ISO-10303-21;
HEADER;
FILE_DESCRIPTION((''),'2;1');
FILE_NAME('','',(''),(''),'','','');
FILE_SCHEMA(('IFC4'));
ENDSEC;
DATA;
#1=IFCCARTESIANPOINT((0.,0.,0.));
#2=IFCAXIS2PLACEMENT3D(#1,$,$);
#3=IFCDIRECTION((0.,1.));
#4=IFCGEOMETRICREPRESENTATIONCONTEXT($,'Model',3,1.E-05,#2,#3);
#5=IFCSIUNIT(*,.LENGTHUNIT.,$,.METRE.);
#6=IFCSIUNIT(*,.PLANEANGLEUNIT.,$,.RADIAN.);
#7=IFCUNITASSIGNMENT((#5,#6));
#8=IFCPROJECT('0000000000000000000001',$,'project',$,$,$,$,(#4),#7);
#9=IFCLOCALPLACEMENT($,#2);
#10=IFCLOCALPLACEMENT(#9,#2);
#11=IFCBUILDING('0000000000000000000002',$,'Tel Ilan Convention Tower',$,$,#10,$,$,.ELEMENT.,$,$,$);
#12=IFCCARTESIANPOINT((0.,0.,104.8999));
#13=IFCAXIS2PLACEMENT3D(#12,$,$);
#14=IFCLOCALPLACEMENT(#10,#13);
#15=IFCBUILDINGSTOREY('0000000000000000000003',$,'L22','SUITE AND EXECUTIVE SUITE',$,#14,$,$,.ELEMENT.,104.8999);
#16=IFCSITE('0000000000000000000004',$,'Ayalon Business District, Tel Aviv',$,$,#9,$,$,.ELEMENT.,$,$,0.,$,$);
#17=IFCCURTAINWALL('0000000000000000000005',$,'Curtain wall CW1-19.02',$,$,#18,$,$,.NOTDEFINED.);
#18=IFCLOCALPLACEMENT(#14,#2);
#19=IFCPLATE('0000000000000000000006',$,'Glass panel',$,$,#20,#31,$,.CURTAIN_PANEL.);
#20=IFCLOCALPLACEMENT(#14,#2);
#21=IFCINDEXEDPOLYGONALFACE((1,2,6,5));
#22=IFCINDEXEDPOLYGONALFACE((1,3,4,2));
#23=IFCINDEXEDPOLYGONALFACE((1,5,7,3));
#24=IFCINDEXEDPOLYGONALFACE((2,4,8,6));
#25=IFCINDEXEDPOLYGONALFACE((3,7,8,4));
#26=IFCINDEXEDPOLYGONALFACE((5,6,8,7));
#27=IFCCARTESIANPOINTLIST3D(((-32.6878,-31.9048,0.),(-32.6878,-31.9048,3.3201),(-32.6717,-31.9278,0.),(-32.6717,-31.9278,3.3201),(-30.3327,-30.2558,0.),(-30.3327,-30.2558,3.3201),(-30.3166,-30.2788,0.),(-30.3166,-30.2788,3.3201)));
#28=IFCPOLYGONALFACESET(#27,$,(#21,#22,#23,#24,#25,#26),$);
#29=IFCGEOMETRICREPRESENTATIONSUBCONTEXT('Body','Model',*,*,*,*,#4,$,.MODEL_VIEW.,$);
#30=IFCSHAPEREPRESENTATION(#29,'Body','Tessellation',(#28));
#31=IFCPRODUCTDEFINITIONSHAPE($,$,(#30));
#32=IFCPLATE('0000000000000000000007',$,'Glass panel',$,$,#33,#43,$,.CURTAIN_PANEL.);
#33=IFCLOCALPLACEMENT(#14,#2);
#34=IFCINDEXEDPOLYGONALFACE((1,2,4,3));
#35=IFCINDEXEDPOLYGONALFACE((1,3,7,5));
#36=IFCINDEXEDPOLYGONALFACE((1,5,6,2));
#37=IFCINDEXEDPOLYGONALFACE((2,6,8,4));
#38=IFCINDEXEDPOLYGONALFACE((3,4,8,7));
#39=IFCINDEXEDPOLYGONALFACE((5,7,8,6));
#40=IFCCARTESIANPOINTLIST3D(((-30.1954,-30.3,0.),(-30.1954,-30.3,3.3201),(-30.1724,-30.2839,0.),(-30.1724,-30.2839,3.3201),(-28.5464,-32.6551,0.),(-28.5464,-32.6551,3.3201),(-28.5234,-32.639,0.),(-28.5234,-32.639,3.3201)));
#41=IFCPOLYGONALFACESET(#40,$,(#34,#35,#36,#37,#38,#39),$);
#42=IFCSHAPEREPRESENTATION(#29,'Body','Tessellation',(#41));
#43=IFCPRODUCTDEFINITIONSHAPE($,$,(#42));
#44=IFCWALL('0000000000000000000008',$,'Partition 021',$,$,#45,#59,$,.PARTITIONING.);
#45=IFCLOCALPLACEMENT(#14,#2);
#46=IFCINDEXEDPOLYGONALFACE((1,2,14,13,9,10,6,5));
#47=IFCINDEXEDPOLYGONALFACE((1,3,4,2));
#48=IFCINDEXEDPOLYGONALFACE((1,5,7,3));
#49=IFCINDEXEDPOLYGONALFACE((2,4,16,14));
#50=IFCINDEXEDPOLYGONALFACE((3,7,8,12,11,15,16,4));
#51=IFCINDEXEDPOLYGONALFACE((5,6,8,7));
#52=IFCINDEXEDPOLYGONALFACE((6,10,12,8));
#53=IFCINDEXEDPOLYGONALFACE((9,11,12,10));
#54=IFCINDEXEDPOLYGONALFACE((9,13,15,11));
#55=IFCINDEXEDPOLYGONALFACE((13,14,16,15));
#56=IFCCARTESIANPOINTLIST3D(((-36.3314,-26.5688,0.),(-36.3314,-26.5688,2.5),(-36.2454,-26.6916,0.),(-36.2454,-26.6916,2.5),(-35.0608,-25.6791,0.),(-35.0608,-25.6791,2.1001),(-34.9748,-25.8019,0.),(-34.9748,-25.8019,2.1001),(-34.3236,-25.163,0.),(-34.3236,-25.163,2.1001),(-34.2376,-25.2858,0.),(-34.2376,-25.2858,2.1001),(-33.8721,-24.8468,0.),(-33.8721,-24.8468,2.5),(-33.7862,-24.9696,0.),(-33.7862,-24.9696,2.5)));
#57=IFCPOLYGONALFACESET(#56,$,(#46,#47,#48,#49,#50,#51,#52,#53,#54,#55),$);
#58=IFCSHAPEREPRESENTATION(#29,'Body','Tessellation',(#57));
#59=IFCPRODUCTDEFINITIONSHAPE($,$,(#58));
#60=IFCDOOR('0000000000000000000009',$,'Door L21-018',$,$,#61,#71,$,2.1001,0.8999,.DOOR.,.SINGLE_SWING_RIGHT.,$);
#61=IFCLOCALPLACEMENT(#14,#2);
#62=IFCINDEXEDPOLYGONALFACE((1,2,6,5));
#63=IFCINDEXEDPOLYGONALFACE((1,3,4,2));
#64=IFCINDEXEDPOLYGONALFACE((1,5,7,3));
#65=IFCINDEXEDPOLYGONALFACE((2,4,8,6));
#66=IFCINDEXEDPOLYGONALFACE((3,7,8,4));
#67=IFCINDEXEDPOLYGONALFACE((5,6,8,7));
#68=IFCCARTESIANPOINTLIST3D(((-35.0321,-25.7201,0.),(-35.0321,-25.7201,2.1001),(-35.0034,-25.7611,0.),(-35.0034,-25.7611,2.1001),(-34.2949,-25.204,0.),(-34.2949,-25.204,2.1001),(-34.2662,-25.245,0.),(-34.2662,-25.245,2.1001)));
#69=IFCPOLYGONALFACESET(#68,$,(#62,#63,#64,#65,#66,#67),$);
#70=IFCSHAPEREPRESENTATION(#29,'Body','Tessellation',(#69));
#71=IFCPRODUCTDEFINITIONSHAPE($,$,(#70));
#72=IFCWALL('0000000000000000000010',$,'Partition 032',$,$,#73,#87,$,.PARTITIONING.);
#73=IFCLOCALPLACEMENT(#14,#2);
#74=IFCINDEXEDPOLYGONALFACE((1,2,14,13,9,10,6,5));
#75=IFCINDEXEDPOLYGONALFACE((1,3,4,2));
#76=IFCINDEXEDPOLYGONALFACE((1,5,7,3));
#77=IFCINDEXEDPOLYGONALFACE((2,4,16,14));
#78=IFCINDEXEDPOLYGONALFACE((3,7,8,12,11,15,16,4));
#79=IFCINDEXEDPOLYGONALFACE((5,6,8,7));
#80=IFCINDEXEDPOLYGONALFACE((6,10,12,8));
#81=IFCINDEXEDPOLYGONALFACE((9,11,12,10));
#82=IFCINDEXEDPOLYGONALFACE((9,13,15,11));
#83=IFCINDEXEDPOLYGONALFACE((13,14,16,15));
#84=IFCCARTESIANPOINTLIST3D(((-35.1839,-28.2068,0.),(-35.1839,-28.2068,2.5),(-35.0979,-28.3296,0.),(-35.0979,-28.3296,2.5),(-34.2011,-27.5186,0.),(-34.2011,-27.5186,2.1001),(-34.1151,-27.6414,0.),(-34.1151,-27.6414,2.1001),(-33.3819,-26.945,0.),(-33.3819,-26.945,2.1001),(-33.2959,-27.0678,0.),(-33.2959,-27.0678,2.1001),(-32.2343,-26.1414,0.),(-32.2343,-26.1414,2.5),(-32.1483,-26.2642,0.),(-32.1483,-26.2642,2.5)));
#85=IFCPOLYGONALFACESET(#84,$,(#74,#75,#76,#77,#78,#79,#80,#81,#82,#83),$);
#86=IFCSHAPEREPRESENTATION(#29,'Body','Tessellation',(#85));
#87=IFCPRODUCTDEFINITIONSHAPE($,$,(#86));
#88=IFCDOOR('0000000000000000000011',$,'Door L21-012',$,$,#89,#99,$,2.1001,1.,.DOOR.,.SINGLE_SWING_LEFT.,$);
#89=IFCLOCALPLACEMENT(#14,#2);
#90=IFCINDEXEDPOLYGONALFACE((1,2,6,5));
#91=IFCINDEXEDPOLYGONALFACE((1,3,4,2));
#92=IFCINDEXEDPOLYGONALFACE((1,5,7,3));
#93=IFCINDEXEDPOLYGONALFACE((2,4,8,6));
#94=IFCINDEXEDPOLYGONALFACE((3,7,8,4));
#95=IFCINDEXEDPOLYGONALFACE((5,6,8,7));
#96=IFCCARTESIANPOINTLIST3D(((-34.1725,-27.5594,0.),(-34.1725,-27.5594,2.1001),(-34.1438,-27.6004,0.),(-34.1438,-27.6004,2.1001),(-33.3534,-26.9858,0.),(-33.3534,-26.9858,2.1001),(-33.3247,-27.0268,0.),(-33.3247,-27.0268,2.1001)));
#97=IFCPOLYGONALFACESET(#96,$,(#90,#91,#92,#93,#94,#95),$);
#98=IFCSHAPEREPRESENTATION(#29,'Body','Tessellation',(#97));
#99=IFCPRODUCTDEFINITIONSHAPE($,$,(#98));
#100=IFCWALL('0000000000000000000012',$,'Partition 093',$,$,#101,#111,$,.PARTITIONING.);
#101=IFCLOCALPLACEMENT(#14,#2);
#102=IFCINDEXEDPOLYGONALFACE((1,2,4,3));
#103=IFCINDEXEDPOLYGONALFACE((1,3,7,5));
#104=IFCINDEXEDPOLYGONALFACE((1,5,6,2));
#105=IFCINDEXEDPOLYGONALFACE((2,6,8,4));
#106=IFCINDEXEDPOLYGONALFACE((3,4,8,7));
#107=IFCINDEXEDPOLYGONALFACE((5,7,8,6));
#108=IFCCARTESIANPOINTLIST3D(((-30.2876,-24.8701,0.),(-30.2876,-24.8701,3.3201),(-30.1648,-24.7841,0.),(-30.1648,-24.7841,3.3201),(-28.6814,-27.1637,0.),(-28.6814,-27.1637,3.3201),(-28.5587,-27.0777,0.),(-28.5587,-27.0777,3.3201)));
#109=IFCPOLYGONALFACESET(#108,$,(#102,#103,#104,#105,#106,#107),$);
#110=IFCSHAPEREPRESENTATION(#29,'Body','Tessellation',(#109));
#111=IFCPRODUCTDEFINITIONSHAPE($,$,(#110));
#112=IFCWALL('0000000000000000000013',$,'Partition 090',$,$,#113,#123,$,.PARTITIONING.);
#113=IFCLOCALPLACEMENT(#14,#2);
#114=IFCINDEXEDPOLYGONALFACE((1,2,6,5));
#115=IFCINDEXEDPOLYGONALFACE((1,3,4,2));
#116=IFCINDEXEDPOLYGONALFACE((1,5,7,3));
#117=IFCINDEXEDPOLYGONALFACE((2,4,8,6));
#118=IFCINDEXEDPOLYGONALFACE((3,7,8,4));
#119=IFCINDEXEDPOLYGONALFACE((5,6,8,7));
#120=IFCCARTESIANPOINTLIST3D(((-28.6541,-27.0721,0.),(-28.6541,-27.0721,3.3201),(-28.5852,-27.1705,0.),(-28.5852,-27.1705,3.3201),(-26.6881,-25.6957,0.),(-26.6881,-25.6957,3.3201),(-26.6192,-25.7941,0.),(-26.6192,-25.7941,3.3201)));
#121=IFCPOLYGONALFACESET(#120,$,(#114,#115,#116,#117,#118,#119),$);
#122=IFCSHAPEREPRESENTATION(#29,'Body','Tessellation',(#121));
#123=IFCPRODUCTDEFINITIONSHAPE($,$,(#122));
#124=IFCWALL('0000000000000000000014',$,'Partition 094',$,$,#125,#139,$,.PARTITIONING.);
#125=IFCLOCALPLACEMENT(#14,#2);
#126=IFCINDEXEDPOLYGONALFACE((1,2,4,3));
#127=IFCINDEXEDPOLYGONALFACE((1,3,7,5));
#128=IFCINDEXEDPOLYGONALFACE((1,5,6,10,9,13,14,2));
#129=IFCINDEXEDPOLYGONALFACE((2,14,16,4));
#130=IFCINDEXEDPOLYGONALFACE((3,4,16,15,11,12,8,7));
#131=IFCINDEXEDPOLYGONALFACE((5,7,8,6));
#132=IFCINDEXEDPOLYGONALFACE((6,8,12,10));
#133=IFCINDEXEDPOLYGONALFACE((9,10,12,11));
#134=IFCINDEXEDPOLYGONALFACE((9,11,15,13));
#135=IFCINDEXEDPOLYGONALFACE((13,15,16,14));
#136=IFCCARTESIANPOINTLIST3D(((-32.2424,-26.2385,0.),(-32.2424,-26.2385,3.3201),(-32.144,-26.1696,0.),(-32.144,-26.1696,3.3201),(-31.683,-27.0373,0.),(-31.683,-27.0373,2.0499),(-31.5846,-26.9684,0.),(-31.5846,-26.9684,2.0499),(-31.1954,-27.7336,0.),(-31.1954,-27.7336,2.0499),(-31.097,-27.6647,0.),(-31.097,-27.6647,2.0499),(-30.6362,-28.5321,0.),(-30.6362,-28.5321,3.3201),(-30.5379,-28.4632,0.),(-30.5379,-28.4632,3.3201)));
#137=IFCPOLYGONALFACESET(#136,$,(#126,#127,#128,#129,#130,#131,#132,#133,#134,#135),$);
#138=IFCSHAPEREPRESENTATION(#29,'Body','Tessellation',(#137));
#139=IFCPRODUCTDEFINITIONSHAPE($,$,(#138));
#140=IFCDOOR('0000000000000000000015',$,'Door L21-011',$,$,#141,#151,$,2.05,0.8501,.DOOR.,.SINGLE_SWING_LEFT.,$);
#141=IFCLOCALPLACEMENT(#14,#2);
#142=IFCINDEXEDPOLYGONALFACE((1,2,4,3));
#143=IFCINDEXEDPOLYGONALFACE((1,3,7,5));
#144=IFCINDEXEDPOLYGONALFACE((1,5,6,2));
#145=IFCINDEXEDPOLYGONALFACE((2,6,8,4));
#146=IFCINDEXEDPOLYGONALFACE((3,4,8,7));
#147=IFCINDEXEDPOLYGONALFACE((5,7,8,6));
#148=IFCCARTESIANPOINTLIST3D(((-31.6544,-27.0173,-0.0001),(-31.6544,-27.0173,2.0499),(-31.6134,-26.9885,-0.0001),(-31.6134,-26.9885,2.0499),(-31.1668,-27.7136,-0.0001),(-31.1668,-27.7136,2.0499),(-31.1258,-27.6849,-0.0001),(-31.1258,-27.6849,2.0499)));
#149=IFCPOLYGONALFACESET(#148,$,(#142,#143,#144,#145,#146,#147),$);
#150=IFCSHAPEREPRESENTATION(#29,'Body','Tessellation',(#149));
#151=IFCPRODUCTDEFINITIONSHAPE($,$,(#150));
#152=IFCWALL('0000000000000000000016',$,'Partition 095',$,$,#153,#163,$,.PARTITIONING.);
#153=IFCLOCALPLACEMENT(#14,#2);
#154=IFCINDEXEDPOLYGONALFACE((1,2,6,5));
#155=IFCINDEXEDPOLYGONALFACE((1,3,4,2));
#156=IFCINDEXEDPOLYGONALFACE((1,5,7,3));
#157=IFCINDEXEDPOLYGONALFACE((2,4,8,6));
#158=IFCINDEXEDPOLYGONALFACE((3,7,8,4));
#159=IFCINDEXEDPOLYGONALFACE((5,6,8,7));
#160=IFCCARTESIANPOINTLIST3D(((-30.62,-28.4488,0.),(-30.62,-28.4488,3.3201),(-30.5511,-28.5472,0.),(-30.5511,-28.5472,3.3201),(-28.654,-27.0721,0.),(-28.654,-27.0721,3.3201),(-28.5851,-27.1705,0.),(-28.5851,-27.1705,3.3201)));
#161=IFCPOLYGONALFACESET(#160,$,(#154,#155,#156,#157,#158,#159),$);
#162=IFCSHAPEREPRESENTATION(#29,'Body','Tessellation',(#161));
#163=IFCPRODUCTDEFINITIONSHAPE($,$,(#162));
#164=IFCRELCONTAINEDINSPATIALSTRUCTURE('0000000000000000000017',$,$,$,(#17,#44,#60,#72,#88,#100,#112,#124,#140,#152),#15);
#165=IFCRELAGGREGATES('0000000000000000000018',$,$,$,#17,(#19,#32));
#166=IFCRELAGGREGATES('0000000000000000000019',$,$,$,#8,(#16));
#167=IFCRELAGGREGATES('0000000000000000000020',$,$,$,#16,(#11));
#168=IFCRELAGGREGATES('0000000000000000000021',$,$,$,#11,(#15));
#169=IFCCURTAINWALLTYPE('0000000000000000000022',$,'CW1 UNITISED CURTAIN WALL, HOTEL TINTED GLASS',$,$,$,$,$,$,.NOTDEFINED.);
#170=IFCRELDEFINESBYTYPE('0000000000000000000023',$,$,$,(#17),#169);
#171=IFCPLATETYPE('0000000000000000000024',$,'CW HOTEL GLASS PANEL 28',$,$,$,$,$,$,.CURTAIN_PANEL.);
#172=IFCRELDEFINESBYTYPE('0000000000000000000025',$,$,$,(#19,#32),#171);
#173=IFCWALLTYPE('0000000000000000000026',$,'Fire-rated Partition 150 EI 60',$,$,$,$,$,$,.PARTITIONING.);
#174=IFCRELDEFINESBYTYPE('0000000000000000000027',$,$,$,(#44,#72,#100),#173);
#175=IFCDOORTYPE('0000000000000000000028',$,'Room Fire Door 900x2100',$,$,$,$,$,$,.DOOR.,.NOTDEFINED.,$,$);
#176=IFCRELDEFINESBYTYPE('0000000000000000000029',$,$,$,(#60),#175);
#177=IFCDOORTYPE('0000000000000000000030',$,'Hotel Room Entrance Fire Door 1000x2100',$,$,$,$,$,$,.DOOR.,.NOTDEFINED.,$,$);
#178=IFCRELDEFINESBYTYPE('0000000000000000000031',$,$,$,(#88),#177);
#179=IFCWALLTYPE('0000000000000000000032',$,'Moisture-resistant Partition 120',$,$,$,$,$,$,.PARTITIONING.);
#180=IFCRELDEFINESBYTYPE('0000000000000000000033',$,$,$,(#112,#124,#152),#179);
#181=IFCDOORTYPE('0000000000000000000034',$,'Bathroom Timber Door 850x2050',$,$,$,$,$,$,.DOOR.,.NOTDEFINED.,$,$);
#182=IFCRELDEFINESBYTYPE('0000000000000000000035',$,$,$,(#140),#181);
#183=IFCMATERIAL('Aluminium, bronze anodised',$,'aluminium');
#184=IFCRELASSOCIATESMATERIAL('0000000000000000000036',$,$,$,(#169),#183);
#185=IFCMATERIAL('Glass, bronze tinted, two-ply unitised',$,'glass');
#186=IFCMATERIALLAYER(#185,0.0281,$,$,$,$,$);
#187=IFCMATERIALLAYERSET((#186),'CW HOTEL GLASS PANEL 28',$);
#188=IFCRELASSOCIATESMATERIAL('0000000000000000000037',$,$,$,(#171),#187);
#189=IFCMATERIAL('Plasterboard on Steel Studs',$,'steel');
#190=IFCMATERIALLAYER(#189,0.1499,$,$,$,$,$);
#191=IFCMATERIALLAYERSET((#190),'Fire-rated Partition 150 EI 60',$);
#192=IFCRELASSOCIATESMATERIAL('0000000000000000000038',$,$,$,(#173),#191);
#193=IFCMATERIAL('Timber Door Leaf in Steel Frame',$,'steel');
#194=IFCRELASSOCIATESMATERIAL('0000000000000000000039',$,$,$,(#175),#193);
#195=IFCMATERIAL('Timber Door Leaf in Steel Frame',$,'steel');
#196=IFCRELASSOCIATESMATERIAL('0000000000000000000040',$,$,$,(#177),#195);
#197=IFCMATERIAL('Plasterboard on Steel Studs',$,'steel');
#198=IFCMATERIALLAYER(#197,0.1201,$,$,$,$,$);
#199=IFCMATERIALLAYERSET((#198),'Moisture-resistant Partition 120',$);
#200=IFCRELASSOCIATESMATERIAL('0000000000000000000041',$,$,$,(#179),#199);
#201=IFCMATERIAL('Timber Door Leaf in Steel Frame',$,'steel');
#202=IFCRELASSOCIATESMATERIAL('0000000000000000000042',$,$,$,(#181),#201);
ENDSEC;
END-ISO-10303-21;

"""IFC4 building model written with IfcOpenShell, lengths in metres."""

from ifc_helpers import new_model, si_unit, direction, frame, frame_2d, origin, origin_2d, place, context, subcontext, project, spatial, rectangle, extrude, material, layer, layer_set, type_object, element, fill, aggregate, save


model = new_model("IFC4")

# Units and contexts
model_context = context("Model", 3, precision=1e-05, world=origin(), true_north=direction((0.0, 1.0)))
body_context = subcontext(model_context, "Body", "Model", "MODEL_VIEW")
ifc_project = project(units=[si_unit("LENGTHUNIT", "METRE"), si_unit("PLANEANGLEUNIT", "RADIAN")], contexts=[model_context])

# Site, building, storey
site_placement = place(None, origin())
site = spatial("IfcSite", under=ifc_project, at=site_placement, Name="Ayalon Business District, Tel Aviv", CompositionType="ELEMENT", RefElevation=0.0)
building_placement = place(site_placement, origin())
building = spatial("IfcBuilding", under=site, at=building_placement, Name="Tel Ilan Convention Tower", CompositionType="ELEMENT")
storey_placement = place(building_placement, frame((0.0, 0.0, 104.8999)))
storey = spatial("IfcBuildingStorey", under=building, at=storey_placement, Name="L22", Description="SUITE AND EXECUTIVE SUITE", CompositionType="ELEMENT", Elevation=104.8999)

# Curtain wall, plates
ifc_material_1 = material(Name="Aluminium, bronze anodised", Category="aluminium")
curtain_wall_type = type_object("IfcCurtainWallType", Name="CW1 UNITISED CURTAIN WALL, HOTEL TINTED GLASS", PredefinedType="NOTDEFINED", material=ifc_material_1)
curtain_wall_placement = place(storey_placement, origin())
curtain_wall = element("IfcCurtainWall", 1, at=curtain_wall_placement, inside=storey, type_object=curtain_wall_type, Name="Curtain wall CW1-19.02", PredefinedType="NOTDEFINED")
ifc_material_2 = material(Name="Glass, bronze tinted, two-ply unitised", Category="glass")
ifc_layer_1 = layer(ifc_material_2, 0.0281)
ifc_layer_set_1 = layer_set([ifc_layer_1], Name="CW HOTEL GLASS PANEL 28")
plate_type = type_object("IfcPlateType", Name="CW HOTEL GLASS PANEL 28", PredefinedType="CURTAIN_PANEL", material=ifc_layer_set_1)
plate_1_placement = place(storey_placement, frame((-31.5022, -31.0918, 0.0), z_axis=(0.0, 0.0, 1.0), x_axis=(0.819152, 0.573576, 0.0)))
plate_1 = element("IfcPlate", 2, at=plate_1_placement, type_object=plate_type, Name="Glass panel", PredefinedType="CURTAIN_PANEL", context=body_context, shape_type="SweptSolid", body=[
    extrude(rectangle(XDim=2.875, YDim=0.0281, at=origin_2d()), origin(), (0.0, 0.0, 1.0), 3.3201),
])
plate_2_placement = place(storey_placement, frame((-29.3594, -31.4695, 0.0), z_axis=(0.0, 0.0, 1.0), x_axis=(0.573576, -0.819152, 0.0)))
plate_2 = element("IfcPlate", 3, at=plate_2_placement, type_object=plate_type, Name="Glass panel", PredefinedType="CURTAIN_PANEL", context=body_context, shape_type="SweptSolid", body=[
    extrude(rectangle(XDim=2.875, YDim=0.0281, at=origin_2d()), origin(), (0.0, 0.0, 1.0), 3.3201),
])
aggregate(curtain_wall, [plate_1, plate_2])

# Walls, openings, doors
ifc_material_3 = material(Name="Plasterboard on Steel Studs", Category="steel")
ifc_layer_2 = layer(ifc_material_3, 0.1499)
ifc_layer_set_2 = layer_set([ifc_layer_2], Name="Fire-rated Partition 150 EI 60")
wall_type_1 = type_object("IfcWallType", Name="Fire-rated Partition 150 EI 60", PredefinedType="PARTITIONING", material=ifc_layer_set_2)
wall_1_placement = place(storey_placement, frame((-36.2883, -26.6301, 0.0), z_axis=(0.0, 0.0, 1.0), x_axis=(0.819159, 0.573566, 0.0)))
wall_1 = element("IfcWall", 4, at=wall_1_placement, inside=storey, type_object=wall_type_1, Name="Partition 021", PredefinedType="PARTITIONING", context=body_context, shape_type="SweptSolid", body=[
    extrude(rectangle(XDim=3.0022, YDim=0.1499, at=frame_2d((1.501, 0.0))), origin(), (0.0, 0.0, 1.0), 2.5),
])
opening_1_placement = place(wall_1_placement, frame((1.551, 0.0, 0.0)))
opening_1 = element("IfcOpeningElement", 5, at=opening_1_placement, cuts=wall_1, PredefinedType="OPENING", context=body_context, shape_type="SweptSolid", body=[
    extrude(rectangle(XDim=0.8999, YDim=2.1001, at=frame_2d((0.45, 1.05))), frame((0.0, 0.085, 0.0), z_axis=(0.0, -1.0, 0.0), x_axis=(1.0, 0.0, 0.0)), (0.0, 0.0, 1.0), 0.1699),
])
ifc_material_4 = material(Name="Timber Door Leaf in Steel Frame", Category="steel")
door_type_1 = type_object("IfcDoorType", Name="Room Fire Door 900x2100", OperationType="NOTDEFINED", PredefinedType="DOOR", material=ifc_material_4)
door_1_placement = place(opening_1_placement, origin())
door_1 = element("IfcDoor", 6, at=door_1_placement, inside=storey, type_object=door_type_1, Name="Door L21-018", OperationType="SINGLE_SWING_RIGHT", OverallHeight=2.1001, OverallWidth=0.8999, PredefinedType="DOOR", context=body_context, shape_type="SweptSolid", body=[
    extrude(rectangle(XDim=0.8999, YDim=2.1001, at=frame_2d((0.45, 1.05))), frame((0.0, 0.0249, 0.0), z_axis=(0.0, -1.0, 0.0), x_axis=(1.0, 0.0, 0.0)), (0.0, 0.0, 1.0), 0.05),
])
fill(opening_1, door_1)
wall_2_placement = place(storey_placement, frame((-32.1914, -26.2029, 0.0), z_axis=(0.0, 0.0, 1.0), x_axis=(-0.819149, -0.573581, 0.0)))
wall_2 = element("IfcWall", 7, at=wall_2_placement, inside=storey, type_object=wall_type_1, Name="Partition 032", PredefinedType="PARTITIONING", context=body_context, shape_type="SweptSolid", body=[
    extrude(rectangle(XDim=3.6008, YDim=0.1499, at=frame_2d((1.8003, 0.0))), origin(), (0.0, 0.0, 1.0), 2.5),
])
opening_2_placement = place(wall_2_placement, frame((1.4009, 0.0, 0.0)))
opening_2 = element("IfcOpeningElement", 8, at=opening_2_placement, cuts=wall_2, PredefinedType="OPENING", context=body_context, shape_type="SweptSolid", body=[
    extrude(rectangle(XDim=1.0, YDim=2.1001, at=frame_2d((0.5, 1.05))), frame((0.0, 0.085, 0.0), z_axis=(0.0, -1.0, 0.0), x_axis=(1.0, 0.0, 0.0)), (0.0, 0.0, 1.0), 0.1699),
])
ifc_material_5 = material(Name="Timber Door Leaf in Steel Frame", Category="steel")
door_type_2 = type_object("IfcDoorType", Name="Hotel Room Entrance Fire Door 1000x2100", OperationType="NOTDEFINED", PredefinedType="DOOR", material=ifc_material_5)
door_2_placement = place(opening_2_placement, origin())
door_2 = element("IfcDoor", 9, at=door_2_placement, inside=storey, type_object=door_type_2, Name="Door L21-012", OperationType="SINGLE_SWING_LEFT", OverallHeight=2.1001, OverallWidth=1.0, PredefinedType="DOOR", context=body_context, shape_type="SweptSolid", body=[
    extrude(rectangle(XDim=1.0, YDim=2.1001, at=frame_2d((0.5, 1.05))), frame((0.0, 0.0249, 0.0), z_axis=(0.0, -1.0, 0.0), x_axis=(1.0, 0.0, 0.0)), (0.0, 0.0, 1.0), 0.05),
])
fill(opening_2, door_2)

# Walls
wall_3_placement = place(storey_placement, frame((-28.6201, -27.1206, 0.0), z_axis=(0.0, 0.0, 1.0), x_axis=(-0.573609, 0.81913, 0.0)))
element("IfcWall", 10, at=wall_3_placement, inside=storey, type_object=wall_type_1, Name="Partition 093", PredefinedType="PARTITIONING", context=body_context, shape_type="SweptSolid", body=[
    extrude(rectangle(XDim=2.8, YDim=0.1499, at=frame_2d((1.3999, 0.0))), origin(), (0.0, 0.0, 1.0), 3.3201),
])
ifc_material_6 = material(Name="Plasterboard on Steel Studs", Category="steel")
ifc_layer_3 = layer(ifc_material_6, 0.1201)
ifc_layer_set_3 = layer_set([ifc_layer_3], Name="Moisture-resistant Partition 120")
wall_type_2 = type_object("IfcWallType", Name="Moisture-resistant Partition 120", PredefinedType="PARTITIONING", material=ifc_layer_set_3)
wall_4_placement = place(storey_placement, frame((-28.6196, -27.1213, 0.0), z_axis=(0.0, 0.0, 1.0), x_axis=(0.819189, 0.573524, 0.0)))
element("IfcWall", 11, at=wall_4_placement, inside=storey, type_object=wall_type_2, Name="Partition 090", PredefinedType="PARTITIONING", context=body_context, shape_type="SweptSolid", body=[
    extrude(rectangle(XDim=2.3999, YDim=0.1201, at=frame_2d((1.2, 0.0))), origin(), (0.0, 0.0, 1.0), 3.3201),
])

# Wall, opening, door
wall_5_placement = place(storey_placement, frame((-32.1931, -26.2041, 0.0), z_axis=(0.0, 0.0, 1.0), x_axis=(0.573609, -0.81913, 0.0)))
wall_5 = element("IfcWall", 12, at=wall_5_placement, inside=storey, type_object=wall_type_2, Name="Partition 094", PredefinedType="PARTITIONING", context=body_context, shape_type="SweptSolid", body=[
    extrude(rectangle(XDim=2.8, YDim=0.1201, at=frame_2d((1.3999, 0.0))), origin(), (0.0, 0.0, 1.0), 3.3201),
])
opening_3_placement = place(wall_5_placement, frame((0.9751, 0.0, 0.0)))
opening_3 = element("IfcOpeningElement", 13, at=opening_3_placement, cuts=wall_5, PredefinedType="OPENING", context=body_context, shape_type="SweptSolid", body=[
    extrude(rectangle(XDim=0.8501, YDim=2.05, at=frame_2d((0.425, 1.0249))), frame((0.0, 0.0701, 0.0), z_axis=(0.0, -1.0, 0.0), x_axis=(1.0, 0.0, 0.0)), (0.0, 0.0, 1.0), 0.1401),
])
ifc_material_7 = material(Name="Timber Door Leaf in Steel Frame", Category="steel")
door_type_3 = type_object("IfcDoorType", Name="Bathroom Timber Door 850x2050", OperationType="NOTDEFINED", PredefinedType="DOOR", material=ifc_material_7)
door_3_placement = place(opening_3_placement, origin())
door_3 = element("IfcDoor", 14, at=door_3_placement, inside=storey, type_object=door_type_3, Name="Door L21-011", OperationType="SINGLE_SWING_LEFT", OverallHeight=2.05, OverallWidth=0.8501, PredefinedType="DOOR", context=body_context, shape_type="SweptSolid", body=[
    extrude(rectangle(XDim=0.8501, YDim=2.05, at=frame_2d((0.425, 1.0249))), frame((0.0, 0.0249, 0.0), z_axis=(0.0, -1.0, 0.0), x_axis=(1.0, 0.0, 0.0)), (0.0, 0.0, 1.0), 0.05),
])
fill(opening_3, door_3)

# Wall
wall_6_placement = place(storey_placement, frame((-30.5857, -28.498, 0.0), z_axis=(0.0, 0.0, 1.0), x_axis=(0.819141, 0.573592, 0.0)))
element("IfcWall", 15, at=wall_6_placement, inside=storey, type_object=wall_type_2, Name="Partition 095", PredefinedType="PARTITIONING", context=body_context, shape_type="SweptSolid", body=[
    extrude(rectangle(XDim=2.4001, YDim=0.1201, at=frame_2d((1.2002, 0.0))), origin(), (0.0, 0.0, 1.0), 3.3201),
])

save(model, "model.ifc")
